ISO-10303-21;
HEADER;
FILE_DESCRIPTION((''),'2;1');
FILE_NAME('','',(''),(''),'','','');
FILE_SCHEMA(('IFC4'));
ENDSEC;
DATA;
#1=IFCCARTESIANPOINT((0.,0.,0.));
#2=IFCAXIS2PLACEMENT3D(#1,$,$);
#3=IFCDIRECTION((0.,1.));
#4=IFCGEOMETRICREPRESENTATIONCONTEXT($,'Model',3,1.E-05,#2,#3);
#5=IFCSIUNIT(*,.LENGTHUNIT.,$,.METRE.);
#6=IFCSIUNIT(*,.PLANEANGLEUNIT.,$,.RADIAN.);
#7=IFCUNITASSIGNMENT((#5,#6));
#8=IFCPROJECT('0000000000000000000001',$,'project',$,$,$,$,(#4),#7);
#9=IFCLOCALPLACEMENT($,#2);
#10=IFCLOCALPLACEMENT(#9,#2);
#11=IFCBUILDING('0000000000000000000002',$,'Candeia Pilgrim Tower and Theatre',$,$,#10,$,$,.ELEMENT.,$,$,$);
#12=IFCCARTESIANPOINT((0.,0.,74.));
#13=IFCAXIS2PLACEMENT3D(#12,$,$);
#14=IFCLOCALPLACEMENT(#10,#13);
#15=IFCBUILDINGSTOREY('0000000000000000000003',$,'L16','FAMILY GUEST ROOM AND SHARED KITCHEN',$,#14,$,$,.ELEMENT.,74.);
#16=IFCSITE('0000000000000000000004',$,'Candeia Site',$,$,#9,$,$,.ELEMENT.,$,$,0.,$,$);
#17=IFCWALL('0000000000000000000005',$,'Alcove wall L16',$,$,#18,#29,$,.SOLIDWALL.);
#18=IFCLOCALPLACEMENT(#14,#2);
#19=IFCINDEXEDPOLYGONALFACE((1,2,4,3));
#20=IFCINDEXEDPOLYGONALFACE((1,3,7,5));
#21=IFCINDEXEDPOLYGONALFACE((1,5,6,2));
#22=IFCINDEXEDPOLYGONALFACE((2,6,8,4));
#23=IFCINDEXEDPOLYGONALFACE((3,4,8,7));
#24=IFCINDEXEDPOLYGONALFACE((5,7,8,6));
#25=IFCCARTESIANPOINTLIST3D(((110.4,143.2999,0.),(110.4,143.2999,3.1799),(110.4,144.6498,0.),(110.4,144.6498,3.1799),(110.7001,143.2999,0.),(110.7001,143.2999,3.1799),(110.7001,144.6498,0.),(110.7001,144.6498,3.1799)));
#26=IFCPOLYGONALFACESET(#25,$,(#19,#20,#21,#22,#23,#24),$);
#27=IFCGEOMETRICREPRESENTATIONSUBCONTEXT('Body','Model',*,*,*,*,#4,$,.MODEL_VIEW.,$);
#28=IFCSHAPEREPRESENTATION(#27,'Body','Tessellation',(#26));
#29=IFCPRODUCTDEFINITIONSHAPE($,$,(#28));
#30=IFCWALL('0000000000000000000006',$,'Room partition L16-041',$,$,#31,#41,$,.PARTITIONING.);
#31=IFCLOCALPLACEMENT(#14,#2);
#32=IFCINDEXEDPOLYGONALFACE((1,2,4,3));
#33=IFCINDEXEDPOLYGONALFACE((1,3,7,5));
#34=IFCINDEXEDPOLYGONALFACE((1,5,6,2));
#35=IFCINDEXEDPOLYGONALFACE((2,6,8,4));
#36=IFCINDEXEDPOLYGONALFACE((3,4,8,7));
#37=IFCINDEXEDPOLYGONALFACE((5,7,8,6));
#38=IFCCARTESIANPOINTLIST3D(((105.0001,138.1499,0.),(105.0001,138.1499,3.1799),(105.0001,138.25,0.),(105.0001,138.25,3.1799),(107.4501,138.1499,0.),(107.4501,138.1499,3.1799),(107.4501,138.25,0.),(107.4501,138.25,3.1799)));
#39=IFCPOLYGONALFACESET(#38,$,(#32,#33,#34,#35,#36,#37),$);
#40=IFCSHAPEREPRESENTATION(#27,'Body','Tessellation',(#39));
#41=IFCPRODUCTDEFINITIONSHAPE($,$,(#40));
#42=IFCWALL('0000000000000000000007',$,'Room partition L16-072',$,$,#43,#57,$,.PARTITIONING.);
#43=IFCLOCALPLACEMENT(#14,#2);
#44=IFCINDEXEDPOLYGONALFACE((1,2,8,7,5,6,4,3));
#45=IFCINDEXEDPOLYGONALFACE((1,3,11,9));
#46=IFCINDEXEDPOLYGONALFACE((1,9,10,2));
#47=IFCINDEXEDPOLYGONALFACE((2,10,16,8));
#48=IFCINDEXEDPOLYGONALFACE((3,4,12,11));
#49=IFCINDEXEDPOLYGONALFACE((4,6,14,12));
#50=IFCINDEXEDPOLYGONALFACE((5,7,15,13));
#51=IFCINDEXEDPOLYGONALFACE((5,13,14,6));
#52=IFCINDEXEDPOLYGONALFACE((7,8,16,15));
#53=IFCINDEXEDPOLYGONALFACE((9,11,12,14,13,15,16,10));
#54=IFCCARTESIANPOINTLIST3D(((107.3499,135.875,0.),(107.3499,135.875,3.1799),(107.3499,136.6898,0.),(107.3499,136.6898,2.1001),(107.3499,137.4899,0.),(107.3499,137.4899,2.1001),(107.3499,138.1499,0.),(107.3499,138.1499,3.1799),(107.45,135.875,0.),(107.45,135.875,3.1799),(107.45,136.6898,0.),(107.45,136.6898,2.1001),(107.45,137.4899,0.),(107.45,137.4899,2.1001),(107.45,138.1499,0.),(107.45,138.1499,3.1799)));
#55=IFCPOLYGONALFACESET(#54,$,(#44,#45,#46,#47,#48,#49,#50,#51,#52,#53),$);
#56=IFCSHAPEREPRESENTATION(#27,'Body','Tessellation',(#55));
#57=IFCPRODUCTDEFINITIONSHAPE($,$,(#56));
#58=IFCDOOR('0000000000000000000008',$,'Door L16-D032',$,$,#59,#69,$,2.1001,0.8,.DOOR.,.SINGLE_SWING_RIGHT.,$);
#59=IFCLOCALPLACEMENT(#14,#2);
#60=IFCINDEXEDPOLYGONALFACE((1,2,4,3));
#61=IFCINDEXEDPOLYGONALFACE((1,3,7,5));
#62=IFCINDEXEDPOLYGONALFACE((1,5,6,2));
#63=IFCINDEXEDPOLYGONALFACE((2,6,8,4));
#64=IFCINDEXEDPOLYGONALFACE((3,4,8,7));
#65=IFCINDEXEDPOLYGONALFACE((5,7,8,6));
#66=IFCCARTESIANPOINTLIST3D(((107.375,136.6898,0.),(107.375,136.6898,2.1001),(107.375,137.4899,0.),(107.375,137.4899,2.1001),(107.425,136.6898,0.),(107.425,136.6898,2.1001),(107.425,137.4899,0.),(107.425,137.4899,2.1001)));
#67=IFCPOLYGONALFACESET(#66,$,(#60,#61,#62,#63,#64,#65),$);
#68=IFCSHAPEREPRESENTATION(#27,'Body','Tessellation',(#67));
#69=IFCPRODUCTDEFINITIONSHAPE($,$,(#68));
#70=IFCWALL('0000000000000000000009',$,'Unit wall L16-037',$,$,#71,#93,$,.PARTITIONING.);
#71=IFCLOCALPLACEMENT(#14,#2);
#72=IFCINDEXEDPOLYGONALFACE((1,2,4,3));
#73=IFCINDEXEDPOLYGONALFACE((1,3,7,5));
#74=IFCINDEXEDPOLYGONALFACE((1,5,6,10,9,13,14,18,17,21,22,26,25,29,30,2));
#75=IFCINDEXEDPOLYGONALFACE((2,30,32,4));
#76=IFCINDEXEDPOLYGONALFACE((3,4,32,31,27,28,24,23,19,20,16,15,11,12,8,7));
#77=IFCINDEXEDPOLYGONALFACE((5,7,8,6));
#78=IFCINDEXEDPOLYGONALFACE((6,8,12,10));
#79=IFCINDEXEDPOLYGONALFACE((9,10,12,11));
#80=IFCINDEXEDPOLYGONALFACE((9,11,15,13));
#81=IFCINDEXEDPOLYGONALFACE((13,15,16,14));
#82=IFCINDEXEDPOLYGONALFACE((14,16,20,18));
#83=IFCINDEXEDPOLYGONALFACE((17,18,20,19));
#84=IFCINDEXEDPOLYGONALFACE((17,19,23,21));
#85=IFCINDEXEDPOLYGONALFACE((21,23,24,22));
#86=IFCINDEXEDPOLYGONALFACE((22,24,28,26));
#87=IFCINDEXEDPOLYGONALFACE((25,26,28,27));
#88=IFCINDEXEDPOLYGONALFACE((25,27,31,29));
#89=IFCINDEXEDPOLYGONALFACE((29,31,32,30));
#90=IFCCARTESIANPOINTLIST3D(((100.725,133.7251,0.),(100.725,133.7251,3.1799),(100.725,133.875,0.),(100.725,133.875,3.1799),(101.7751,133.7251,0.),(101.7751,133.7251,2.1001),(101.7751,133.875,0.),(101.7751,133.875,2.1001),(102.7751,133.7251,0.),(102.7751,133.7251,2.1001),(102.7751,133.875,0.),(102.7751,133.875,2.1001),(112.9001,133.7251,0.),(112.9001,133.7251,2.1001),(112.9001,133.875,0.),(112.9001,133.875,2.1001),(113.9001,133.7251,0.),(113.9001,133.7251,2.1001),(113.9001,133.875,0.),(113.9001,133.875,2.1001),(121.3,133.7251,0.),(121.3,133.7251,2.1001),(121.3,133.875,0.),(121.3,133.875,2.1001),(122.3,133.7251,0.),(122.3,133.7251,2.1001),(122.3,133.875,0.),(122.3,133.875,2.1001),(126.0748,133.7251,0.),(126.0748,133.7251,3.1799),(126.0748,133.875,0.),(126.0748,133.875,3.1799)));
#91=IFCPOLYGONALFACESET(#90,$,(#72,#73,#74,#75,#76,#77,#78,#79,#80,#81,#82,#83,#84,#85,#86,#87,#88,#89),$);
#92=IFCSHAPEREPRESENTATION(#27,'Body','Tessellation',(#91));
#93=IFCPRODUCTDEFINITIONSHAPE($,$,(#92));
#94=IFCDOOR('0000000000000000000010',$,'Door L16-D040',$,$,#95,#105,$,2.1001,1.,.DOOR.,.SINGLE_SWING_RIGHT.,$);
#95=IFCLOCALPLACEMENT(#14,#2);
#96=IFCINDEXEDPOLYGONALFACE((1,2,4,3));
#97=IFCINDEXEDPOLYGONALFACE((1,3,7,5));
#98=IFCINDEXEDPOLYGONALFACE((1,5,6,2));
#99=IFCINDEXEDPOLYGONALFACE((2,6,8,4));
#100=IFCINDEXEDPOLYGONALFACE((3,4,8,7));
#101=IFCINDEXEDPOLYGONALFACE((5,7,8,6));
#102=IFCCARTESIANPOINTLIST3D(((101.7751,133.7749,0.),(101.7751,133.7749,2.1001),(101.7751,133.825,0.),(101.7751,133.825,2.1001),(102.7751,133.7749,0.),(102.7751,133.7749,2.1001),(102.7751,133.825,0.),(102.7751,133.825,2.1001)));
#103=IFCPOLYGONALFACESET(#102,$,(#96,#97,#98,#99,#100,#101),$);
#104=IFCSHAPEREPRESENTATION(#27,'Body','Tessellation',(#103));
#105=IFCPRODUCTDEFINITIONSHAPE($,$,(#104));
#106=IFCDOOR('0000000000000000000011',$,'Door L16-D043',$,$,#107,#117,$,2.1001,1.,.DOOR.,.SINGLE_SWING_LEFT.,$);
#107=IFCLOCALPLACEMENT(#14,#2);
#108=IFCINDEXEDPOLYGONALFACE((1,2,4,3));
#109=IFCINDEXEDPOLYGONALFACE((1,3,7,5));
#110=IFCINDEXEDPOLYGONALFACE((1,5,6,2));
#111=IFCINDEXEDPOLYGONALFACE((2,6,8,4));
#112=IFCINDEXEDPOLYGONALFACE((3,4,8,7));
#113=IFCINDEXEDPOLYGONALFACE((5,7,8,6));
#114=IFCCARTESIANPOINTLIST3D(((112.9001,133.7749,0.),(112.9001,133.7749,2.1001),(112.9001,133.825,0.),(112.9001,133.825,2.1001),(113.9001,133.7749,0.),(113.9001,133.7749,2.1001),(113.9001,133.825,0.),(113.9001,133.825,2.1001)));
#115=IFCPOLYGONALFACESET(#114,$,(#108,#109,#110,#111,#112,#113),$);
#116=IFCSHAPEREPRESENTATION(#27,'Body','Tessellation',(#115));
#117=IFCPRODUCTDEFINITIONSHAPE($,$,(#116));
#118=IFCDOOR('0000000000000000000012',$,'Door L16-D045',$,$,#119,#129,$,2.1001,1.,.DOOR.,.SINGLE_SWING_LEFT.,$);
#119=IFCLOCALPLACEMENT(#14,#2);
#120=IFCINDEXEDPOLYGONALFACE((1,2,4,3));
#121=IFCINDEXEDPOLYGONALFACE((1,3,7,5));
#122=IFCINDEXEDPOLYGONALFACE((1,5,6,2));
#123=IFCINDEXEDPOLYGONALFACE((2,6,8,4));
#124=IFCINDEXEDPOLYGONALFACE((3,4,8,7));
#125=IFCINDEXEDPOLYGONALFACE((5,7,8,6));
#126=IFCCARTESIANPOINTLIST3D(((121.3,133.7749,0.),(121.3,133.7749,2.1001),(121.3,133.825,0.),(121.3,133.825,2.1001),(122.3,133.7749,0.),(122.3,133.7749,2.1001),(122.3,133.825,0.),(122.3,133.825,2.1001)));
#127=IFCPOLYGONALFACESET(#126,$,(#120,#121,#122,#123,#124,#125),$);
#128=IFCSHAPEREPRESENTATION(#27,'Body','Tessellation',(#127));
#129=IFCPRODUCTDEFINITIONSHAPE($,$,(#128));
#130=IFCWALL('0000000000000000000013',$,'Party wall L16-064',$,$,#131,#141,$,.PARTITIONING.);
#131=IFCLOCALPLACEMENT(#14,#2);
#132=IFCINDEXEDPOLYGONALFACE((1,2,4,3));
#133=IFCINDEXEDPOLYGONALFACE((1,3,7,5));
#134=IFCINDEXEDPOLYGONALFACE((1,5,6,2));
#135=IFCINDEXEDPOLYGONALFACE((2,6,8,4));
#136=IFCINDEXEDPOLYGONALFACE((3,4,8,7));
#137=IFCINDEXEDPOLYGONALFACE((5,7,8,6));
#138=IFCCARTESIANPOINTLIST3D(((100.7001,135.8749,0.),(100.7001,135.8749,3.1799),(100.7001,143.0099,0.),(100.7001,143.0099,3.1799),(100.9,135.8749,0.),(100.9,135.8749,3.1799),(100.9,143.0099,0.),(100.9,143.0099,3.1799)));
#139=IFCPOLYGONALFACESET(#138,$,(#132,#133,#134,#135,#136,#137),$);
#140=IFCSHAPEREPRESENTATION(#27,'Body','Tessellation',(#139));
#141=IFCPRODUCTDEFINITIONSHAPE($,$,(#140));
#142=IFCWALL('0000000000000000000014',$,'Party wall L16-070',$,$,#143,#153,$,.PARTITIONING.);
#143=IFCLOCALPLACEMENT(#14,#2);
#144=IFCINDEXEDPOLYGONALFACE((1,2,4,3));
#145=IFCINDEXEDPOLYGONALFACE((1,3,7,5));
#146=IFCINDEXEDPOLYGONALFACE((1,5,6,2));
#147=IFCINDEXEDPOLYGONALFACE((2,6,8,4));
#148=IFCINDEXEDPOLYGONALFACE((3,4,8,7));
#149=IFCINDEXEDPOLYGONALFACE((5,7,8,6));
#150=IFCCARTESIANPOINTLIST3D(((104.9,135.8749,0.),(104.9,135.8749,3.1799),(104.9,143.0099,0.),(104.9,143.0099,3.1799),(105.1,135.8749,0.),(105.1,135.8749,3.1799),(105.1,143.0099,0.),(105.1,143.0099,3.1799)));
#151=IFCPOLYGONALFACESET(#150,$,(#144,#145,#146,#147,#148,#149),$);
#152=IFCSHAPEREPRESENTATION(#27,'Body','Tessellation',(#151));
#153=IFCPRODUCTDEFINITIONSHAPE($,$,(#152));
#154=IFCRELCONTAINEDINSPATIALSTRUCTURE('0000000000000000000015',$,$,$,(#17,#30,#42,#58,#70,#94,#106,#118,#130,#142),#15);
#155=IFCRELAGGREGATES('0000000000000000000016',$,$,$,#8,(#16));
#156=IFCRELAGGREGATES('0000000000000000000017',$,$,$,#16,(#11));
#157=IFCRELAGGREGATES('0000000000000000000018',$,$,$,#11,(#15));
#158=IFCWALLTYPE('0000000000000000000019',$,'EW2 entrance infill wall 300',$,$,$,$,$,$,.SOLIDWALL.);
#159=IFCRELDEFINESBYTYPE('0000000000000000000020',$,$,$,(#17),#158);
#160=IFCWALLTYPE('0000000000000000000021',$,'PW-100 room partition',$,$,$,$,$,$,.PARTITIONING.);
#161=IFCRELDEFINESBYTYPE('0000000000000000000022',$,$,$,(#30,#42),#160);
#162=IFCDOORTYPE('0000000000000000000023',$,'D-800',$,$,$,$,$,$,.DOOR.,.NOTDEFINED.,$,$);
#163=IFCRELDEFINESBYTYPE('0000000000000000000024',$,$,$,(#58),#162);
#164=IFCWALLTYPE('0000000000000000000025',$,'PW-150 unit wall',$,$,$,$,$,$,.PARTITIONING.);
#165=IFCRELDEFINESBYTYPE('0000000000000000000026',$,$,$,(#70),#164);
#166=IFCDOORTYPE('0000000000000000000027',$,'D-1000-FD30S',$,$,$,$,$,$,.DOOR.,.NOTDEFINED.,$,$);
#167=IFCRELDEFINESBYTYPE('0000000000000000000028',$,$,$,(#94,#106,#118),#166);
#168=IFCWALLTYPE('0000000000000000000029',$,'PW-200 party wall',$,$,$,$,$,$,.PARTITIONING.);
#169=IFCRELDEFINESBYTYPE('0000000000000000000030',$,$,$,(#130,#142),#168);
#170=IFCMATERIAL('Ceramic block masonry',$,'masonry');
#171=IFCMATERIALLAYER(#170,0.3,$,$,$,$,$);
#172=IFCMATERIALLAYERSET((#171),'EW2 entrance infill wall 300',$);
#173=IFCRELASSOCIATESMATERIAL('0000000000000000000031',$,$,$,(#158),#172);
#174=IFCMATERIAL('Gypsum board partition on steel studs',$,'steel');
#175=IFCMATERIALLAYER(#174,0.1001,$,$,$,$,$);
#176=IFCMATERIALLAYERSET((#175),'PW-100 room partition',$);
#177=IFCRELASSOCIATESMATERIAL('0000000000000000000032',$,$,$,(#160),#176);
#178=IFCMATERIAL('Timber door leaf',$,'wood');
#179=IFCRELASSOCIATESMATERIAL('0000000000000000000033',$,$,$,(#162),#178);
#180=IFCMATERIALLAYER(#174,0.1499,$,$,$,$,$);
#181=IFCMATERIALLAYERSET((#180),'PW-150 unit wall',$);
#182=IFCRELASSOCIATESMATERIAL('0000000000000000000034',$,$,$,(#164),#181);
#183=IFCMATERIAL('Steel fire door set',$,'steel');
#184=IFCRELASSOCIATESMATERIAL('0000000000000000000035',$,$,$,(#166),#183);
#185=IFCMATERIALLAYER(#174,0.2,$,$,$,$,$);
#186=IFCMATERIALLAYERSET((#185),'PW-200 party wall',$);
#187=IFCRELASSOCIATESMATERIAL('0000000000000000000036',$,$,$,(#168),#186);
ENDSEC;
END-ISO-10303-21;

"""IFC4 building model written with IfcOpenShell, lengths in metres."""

from ifc_helpers import new_model, si_unit, direction, frame, frame_2d, origin, place, context, subcontext, project, spatial, rectangle, extrude, material, layer, layer_set, type_object, element, fill, save


model = new_model("IFC4")

# Units and contexts
model_context = context("Model", 3, precision=1e-05, world=origin(), true_north=direction((0.0, 1.0)))
body_context = subcontext(model_context, "Body", "Model", "MODEL_VIEW")
ifc_project = project(units=[si_unit("LENGTHUNIT", "METRE"), si_unit("PLANEANGLEUNIT", "RADIAN")], contexts=[model_context])

# Site, building, storey
site_placement = place(None, origin())
site = spatial("IfcSite", under=ifc_project, at=site_placement, Name="Candeia Site", CompositionType="ELEMENT", RefElevation=0.0)
building_placement = place(site_placement, origin())
building = spatial("IfcBuilding", under=site, at=building_placement, Name="Candeia Pilgrim Tower and Theatre", CompositionType="ELEMENT")
storey_placement = place(building_placement, frame((0.0, 0.0, 74.0)))
storey = spatial("IfcBuildingStorey", under=building, at=storey_placement, Name="L16", Description="FAMILY GUEST ROOM AND SHARED KITCHEN", CompositionType="ELEMENT", Elevation=74.0)

# Shared definitions
ifc_material_1 = material(Name="Ceramic block masonry", Category="masonry")

# Walls
ifc_layer_1 = layer(ifc_material_1, 0.3)
ifc_layer_set_1 = layer_set([ifc_layer_1], Name="EW2 entrance infill wall 300")
wall_type_1 = type_object("IfcWallType", Name="EW2 entrance infill wall 300", PredefinedType="SOLIDWALL", material=ifc_layer_set_1)
wall_1_placement = place(storey_placement, frame((110.55, 143.3, 0.0), z_axis=(0.0, 0.0, 1.0), x_axis=(0.0, 1.0, 0.0)))
element("IfcWall", 1, at=wall_1_placement, inside=storey, type_object=wall_type_1, Name="Alcove wall L16", PredefinedType="SOLIDWALL", context=body_context, shape_type="SweptSolid", body=[
    extrude(rectangle(XDim=1.3499, YDim=0.3, at=frame_2d((0.6748, 0.0))), origin(), (0.0, 0.0, 1.0), 3.1799),
])
ifc_material_2 = material(Name="Gypsum board partition on steel studs", Category="steel")
ifc_layer_2 = layer(ifc_material_2, 0.1001)
ifc_layer_set_2 = layer_set([ifc_layer_2], Name="PW-100 room partition")
wall_type_2 = type_object("IfcWallType", Name="PW-100 room partition", PredefinedType="PARTITIONING", material=ifc_layer_set_2)
wall_2_placement = place(storey_placement, frame((105.0, 138.2, 0.0), z_axis=(0.0, 0.0, 1.0), x_axis=(1.0, 0.0, 0.0)))
element("IfcWall", 2, at=wall_2_placement, inside=storey, type_object=wall_type_2, Name="Room partition L16-041", PredefinedType="PARTITIONING", context=body_context, shape_type="SweptSolid", body=[
    extrude(rectangle(XDim=2.45, YDim=0.1001, at=frame_2d((1.2251, 0.0))), origin(), (0.0, 0.0, 1.0), 3.1799),
])

# Wall, opening, door
wall_3_placement = place(storey_placement, frame((107.3999, 135.875, 0.0), z_axis=(0.0, 0.0, 1.0), x_axis=(0.0, 1.0, 0.0)))
wall_3 = element("IfcWall", 3, at=wall_3_placement, inside=storey, type_object=wall_type_2, Name="Room partition L16-072", PredefinedType="PARTITIONING", context=body_context, shape_type="SweptSolid", body=[
    extrude(rectangle(XDim=2.2749, YDim=0.1001, at=frame_2d((1.1375, 0.0))), origin(), (0.0, 0.0, 1.0), 3.1799),
])
opening_1_placement = place(wall_3_placement, frame((0.8149, 0.0, 0.0)))
opening_1 = element("IfcOpeningElement", 4, at=opening_1_placement, cuts=wall_3, PredefinedType="OPENING", context=body_context, shape_type="SweptSolid", body=[
    extrude(rectangle(XDim=0.8, YDim=2.1001, at=frame_2d((0.3999, 1.05))), frame((0.0, 0.0601, 0.0), z_axis=(0.0, -1.0, 0.0), x_axis=(1.0, 0.0, 0.0)), (0.0, 0.0, 1.0), 0.1201),
])
ifc_material_3 = material(Name="Timber door leaf", Category="wood")
door_type_1 = type_object("IfcDoorType", Name="D-800", OperationType="NOTDEFINED", PredefinedType="DOOR", material=ifc_material_3)
door_1_placement = place(opening_1_placement, origin())
door_1 = element("IfcDoor", 5, at=door_1_placement, inside=storey, type_object=door_type_1, Name="Door L16-D032", OperationType="SINGLE_SWING_RIGHT", OverallHeight=2.1001, OverallWidth=0.8, PredefinedType="DOOR", context=body_context, shape_type="SweptSolid", body=[
    extrude(rectangle(XDim=0.8, YDim=2.1001, at=frame_2d((0.3999, 1.05))), frame((0.0, 0.0249, 0.0), z_axis=(0.0, -1.0, 0.0), x_axis=(1.0, 0.0, 0.0)), (0.0, 0.0, 1.0), 0.05),
])
fill(opening_1, door_1)

# Wall, openings, doors
ifc_layer_3 = layer(ifc_material_2, 0.1499)
ifc_layer_set_3 = layer_set([ifc_layer_3], Name="PW-150 unit wall")
wall_type_3 = type_object("IfcWallType", Name="PW-150 unit wall", PredefinedType="PARTITIONING", material=ifc_layer_set_3)
wall_4_placement = place(storey_placement, frame((100.7251, 133.8, 0.0), z_axis=(0.0, 0.0, 1.0), x_axis=(1.0, 0.0, 0.0)))
wall_4 = element("IfcWall", 6, at=wall_4_placement, inside=storey, type_object=wall_type_3, Name="Unit wall L16-037", PredefinedType="PARTITIONING", context=body_context, shape_type="SweptSolid", body=[
    extrude(rectangle(XDim=25.3499, YDim=0.1499, at=frame_2d((12.6748, 0.0))), origin(), (0.0, 0.0, 1.0), 3.1799),
])
opening_2_placement = place(wall_4_placement, frame((1.05, 0.0, 0.0)))
opening_2 = element("IfcOpeningElement", 7, at=opening_2_placement, cuts=wall_4, PredefinedType="OPENING", context=body_context, shape_type="SweptSolid", body=[
    extrude(rectangle(XDim=1.0, YDim=2.1001, at=frame_2d((0.5, 1.05))), frame((0.0, 0.085, 0.0), z_axis=(0.0, -1.0, 0.0), x_axis=(1.0, 0.0, 0.0)), (0.0, 0.0, 1.0), 0.1699),
])
opening_3_placement = place(wall_4_placement, frame((12.175, 0.0, 0.0)))
opening_3 = element("IfcOpeningElement", 8, at=opening_3_placement, cuts=wall_4, PredefinedType="OPENING", context=body_context, shape_type="SweptSolid", body=[
    extrude(rectangle(XDim=1.0, YDim=2.1001, at=frame_2d((0.5, 1.05))), frame((0.0, 0.085, 0.0), z_axis=(0.0, -1.0, 0.0), x_axis=(1.0, 0.0, 0.0)), (0.0, 0.0, 1.0), 0.1699),
])
opening_4_placement = place(wall_4_placement, frame((20.575, 0.0, 0.0)))
opening_4 = element("IfcOpeningElement", 9, at=opening_4_placement, cuts=wall_4, PredefinedType="OPENING", context=body_context, shape_type="SweptSolid", body=[
    extrude(rectangle(XDim=1.0, YDim=2.1001, at=frame_2d((0.5, 1.05))), frame((0.0, 0.085, 0.0), z_axis=(0.0, -1.0, 0.0), x_axis=(1.0, 0.0, 0.0)), (0.0, 0.0, 1.0), 0.1699),
])
ifc_material_4 = material(Name="Steel fire door set", Category="steel")
door_type_2 = type_object("IfcDoorType", Name="D-1000-FD30S", OperationType="NOTDEFINED", PredefinedType="DOOR", material=ifc_material_4)
door_2_placement = place(opening_2_placement, origin())
door_2 = element("IfcDoor", 10, at=door_2_placement, inside=storey, type_object=door_type_2, Name="Door L16-D040", OperationType="SINGLE_SWING_RIGHT", OverallHeight=2.1001, OverallWidth=1.0, PredefinedType="DOOR", context=body_context, shape_type="SweptSolid", body=[
    extrude(rectangle(XDim=1.0, YDim=2.1001, at=frame_2d((0.5, 1.05))), frame((0.0, 0.0249, 0.0), z_axis=(0.0, -1.0, 0.0), x_axis=(1.0, 0.0, 0.0)), (0.0, 0.0, 1.0), 0.05),
])
fill(opening_2, door_2)
door_3_placement = place(opening_3_placement, origin())
door_3 = element("IfcDoor", 11, at=door_3_placement, inside=storey, type_object=door_type_2, Name="Door L16-D043", OperationType="SINGLE_SWING_LEFT", OverallHeight=2.1001, OverallWidth=1.0, PredefinedType="DOOR", context=body_context, shape_type="SweptSolid", body=[
    extrude(rectangle(XDim=1.0, YDim=2.1001, at=frame_2d((0.5, 1.05))), frame((0.0, 0.0249, 0.0), z_axis=(0.0, -1.0, 0.0), x_axis=(1.0, 0.0, 0.0)), (0.0, 0.0, 1.0), 0.05),
])
fill(opening_3, door_3)
door_4_placement = place(opening_4_placement, origin())
door_4 = element("IfcDoor", 12, at=door_4_placement, inside=storey, type_object=door_type_2, Name="Door L16-D045", OperationType="SINGLE_SWING_LEFT", OverallHeight=2.1001, OverallWidth=1.0, PredefinedType="DOOR", context=body_context, shape_type="SweptSolid", body=[
    extrude(rectangle(XDim=1.0, YDim=2.1001, at=frame_2d((0.5, 1.05))), frame((0.0, 0.0249, 0.0), z_axis=(0.0, -1.0, 0.0), x_axis=(1.0, 0.0, 0.0)), (0.0, 0.0, 1.0), 0.05),
])
fill(opening_4, door_4)

# Walls
ifc_layer_4 = layer(ifc_material_2, 0.2)
ifc_layer_set_4 = layer_set([ifc_layer_4], Name="PW-200 party wall")
wall_type_4 = type_object("IfcWallType", Name="PW-200 party wall", PredefinedType="PARTITIONING", material=ifc_layer_set_4)
for number, where, z_axis, x_axis, name in (
    (13, (100.8, 135.875, 0.0), (0.0, 0.0, 1.0), (0.0, 1.0, 0.0), "Party wall L16-064"),
    (14, (105.0, 135.875, 0.0), (0.0, 0.0, 1.0), (0.0, 1.0, 0.0), "Party wall L16-070"),
):
    element("IfcWall", number, at=place(storey_placement, frame(where, z_axis=z_axis, x_axis=x_axis)), inside=storey, type_object=wall_type_4, Name=name, PredefinedType="PARTITIONING", context=body_context, shape_type="SweptSolid", body=[
        extrude(rectangle(XDim=7.135, YDim=0.2, at=frame_2d((3.5674, 0.0))), origin(), (0.0, 0.0, 1.0), 3.1799),
    ])

save(model, "model.ifc")
